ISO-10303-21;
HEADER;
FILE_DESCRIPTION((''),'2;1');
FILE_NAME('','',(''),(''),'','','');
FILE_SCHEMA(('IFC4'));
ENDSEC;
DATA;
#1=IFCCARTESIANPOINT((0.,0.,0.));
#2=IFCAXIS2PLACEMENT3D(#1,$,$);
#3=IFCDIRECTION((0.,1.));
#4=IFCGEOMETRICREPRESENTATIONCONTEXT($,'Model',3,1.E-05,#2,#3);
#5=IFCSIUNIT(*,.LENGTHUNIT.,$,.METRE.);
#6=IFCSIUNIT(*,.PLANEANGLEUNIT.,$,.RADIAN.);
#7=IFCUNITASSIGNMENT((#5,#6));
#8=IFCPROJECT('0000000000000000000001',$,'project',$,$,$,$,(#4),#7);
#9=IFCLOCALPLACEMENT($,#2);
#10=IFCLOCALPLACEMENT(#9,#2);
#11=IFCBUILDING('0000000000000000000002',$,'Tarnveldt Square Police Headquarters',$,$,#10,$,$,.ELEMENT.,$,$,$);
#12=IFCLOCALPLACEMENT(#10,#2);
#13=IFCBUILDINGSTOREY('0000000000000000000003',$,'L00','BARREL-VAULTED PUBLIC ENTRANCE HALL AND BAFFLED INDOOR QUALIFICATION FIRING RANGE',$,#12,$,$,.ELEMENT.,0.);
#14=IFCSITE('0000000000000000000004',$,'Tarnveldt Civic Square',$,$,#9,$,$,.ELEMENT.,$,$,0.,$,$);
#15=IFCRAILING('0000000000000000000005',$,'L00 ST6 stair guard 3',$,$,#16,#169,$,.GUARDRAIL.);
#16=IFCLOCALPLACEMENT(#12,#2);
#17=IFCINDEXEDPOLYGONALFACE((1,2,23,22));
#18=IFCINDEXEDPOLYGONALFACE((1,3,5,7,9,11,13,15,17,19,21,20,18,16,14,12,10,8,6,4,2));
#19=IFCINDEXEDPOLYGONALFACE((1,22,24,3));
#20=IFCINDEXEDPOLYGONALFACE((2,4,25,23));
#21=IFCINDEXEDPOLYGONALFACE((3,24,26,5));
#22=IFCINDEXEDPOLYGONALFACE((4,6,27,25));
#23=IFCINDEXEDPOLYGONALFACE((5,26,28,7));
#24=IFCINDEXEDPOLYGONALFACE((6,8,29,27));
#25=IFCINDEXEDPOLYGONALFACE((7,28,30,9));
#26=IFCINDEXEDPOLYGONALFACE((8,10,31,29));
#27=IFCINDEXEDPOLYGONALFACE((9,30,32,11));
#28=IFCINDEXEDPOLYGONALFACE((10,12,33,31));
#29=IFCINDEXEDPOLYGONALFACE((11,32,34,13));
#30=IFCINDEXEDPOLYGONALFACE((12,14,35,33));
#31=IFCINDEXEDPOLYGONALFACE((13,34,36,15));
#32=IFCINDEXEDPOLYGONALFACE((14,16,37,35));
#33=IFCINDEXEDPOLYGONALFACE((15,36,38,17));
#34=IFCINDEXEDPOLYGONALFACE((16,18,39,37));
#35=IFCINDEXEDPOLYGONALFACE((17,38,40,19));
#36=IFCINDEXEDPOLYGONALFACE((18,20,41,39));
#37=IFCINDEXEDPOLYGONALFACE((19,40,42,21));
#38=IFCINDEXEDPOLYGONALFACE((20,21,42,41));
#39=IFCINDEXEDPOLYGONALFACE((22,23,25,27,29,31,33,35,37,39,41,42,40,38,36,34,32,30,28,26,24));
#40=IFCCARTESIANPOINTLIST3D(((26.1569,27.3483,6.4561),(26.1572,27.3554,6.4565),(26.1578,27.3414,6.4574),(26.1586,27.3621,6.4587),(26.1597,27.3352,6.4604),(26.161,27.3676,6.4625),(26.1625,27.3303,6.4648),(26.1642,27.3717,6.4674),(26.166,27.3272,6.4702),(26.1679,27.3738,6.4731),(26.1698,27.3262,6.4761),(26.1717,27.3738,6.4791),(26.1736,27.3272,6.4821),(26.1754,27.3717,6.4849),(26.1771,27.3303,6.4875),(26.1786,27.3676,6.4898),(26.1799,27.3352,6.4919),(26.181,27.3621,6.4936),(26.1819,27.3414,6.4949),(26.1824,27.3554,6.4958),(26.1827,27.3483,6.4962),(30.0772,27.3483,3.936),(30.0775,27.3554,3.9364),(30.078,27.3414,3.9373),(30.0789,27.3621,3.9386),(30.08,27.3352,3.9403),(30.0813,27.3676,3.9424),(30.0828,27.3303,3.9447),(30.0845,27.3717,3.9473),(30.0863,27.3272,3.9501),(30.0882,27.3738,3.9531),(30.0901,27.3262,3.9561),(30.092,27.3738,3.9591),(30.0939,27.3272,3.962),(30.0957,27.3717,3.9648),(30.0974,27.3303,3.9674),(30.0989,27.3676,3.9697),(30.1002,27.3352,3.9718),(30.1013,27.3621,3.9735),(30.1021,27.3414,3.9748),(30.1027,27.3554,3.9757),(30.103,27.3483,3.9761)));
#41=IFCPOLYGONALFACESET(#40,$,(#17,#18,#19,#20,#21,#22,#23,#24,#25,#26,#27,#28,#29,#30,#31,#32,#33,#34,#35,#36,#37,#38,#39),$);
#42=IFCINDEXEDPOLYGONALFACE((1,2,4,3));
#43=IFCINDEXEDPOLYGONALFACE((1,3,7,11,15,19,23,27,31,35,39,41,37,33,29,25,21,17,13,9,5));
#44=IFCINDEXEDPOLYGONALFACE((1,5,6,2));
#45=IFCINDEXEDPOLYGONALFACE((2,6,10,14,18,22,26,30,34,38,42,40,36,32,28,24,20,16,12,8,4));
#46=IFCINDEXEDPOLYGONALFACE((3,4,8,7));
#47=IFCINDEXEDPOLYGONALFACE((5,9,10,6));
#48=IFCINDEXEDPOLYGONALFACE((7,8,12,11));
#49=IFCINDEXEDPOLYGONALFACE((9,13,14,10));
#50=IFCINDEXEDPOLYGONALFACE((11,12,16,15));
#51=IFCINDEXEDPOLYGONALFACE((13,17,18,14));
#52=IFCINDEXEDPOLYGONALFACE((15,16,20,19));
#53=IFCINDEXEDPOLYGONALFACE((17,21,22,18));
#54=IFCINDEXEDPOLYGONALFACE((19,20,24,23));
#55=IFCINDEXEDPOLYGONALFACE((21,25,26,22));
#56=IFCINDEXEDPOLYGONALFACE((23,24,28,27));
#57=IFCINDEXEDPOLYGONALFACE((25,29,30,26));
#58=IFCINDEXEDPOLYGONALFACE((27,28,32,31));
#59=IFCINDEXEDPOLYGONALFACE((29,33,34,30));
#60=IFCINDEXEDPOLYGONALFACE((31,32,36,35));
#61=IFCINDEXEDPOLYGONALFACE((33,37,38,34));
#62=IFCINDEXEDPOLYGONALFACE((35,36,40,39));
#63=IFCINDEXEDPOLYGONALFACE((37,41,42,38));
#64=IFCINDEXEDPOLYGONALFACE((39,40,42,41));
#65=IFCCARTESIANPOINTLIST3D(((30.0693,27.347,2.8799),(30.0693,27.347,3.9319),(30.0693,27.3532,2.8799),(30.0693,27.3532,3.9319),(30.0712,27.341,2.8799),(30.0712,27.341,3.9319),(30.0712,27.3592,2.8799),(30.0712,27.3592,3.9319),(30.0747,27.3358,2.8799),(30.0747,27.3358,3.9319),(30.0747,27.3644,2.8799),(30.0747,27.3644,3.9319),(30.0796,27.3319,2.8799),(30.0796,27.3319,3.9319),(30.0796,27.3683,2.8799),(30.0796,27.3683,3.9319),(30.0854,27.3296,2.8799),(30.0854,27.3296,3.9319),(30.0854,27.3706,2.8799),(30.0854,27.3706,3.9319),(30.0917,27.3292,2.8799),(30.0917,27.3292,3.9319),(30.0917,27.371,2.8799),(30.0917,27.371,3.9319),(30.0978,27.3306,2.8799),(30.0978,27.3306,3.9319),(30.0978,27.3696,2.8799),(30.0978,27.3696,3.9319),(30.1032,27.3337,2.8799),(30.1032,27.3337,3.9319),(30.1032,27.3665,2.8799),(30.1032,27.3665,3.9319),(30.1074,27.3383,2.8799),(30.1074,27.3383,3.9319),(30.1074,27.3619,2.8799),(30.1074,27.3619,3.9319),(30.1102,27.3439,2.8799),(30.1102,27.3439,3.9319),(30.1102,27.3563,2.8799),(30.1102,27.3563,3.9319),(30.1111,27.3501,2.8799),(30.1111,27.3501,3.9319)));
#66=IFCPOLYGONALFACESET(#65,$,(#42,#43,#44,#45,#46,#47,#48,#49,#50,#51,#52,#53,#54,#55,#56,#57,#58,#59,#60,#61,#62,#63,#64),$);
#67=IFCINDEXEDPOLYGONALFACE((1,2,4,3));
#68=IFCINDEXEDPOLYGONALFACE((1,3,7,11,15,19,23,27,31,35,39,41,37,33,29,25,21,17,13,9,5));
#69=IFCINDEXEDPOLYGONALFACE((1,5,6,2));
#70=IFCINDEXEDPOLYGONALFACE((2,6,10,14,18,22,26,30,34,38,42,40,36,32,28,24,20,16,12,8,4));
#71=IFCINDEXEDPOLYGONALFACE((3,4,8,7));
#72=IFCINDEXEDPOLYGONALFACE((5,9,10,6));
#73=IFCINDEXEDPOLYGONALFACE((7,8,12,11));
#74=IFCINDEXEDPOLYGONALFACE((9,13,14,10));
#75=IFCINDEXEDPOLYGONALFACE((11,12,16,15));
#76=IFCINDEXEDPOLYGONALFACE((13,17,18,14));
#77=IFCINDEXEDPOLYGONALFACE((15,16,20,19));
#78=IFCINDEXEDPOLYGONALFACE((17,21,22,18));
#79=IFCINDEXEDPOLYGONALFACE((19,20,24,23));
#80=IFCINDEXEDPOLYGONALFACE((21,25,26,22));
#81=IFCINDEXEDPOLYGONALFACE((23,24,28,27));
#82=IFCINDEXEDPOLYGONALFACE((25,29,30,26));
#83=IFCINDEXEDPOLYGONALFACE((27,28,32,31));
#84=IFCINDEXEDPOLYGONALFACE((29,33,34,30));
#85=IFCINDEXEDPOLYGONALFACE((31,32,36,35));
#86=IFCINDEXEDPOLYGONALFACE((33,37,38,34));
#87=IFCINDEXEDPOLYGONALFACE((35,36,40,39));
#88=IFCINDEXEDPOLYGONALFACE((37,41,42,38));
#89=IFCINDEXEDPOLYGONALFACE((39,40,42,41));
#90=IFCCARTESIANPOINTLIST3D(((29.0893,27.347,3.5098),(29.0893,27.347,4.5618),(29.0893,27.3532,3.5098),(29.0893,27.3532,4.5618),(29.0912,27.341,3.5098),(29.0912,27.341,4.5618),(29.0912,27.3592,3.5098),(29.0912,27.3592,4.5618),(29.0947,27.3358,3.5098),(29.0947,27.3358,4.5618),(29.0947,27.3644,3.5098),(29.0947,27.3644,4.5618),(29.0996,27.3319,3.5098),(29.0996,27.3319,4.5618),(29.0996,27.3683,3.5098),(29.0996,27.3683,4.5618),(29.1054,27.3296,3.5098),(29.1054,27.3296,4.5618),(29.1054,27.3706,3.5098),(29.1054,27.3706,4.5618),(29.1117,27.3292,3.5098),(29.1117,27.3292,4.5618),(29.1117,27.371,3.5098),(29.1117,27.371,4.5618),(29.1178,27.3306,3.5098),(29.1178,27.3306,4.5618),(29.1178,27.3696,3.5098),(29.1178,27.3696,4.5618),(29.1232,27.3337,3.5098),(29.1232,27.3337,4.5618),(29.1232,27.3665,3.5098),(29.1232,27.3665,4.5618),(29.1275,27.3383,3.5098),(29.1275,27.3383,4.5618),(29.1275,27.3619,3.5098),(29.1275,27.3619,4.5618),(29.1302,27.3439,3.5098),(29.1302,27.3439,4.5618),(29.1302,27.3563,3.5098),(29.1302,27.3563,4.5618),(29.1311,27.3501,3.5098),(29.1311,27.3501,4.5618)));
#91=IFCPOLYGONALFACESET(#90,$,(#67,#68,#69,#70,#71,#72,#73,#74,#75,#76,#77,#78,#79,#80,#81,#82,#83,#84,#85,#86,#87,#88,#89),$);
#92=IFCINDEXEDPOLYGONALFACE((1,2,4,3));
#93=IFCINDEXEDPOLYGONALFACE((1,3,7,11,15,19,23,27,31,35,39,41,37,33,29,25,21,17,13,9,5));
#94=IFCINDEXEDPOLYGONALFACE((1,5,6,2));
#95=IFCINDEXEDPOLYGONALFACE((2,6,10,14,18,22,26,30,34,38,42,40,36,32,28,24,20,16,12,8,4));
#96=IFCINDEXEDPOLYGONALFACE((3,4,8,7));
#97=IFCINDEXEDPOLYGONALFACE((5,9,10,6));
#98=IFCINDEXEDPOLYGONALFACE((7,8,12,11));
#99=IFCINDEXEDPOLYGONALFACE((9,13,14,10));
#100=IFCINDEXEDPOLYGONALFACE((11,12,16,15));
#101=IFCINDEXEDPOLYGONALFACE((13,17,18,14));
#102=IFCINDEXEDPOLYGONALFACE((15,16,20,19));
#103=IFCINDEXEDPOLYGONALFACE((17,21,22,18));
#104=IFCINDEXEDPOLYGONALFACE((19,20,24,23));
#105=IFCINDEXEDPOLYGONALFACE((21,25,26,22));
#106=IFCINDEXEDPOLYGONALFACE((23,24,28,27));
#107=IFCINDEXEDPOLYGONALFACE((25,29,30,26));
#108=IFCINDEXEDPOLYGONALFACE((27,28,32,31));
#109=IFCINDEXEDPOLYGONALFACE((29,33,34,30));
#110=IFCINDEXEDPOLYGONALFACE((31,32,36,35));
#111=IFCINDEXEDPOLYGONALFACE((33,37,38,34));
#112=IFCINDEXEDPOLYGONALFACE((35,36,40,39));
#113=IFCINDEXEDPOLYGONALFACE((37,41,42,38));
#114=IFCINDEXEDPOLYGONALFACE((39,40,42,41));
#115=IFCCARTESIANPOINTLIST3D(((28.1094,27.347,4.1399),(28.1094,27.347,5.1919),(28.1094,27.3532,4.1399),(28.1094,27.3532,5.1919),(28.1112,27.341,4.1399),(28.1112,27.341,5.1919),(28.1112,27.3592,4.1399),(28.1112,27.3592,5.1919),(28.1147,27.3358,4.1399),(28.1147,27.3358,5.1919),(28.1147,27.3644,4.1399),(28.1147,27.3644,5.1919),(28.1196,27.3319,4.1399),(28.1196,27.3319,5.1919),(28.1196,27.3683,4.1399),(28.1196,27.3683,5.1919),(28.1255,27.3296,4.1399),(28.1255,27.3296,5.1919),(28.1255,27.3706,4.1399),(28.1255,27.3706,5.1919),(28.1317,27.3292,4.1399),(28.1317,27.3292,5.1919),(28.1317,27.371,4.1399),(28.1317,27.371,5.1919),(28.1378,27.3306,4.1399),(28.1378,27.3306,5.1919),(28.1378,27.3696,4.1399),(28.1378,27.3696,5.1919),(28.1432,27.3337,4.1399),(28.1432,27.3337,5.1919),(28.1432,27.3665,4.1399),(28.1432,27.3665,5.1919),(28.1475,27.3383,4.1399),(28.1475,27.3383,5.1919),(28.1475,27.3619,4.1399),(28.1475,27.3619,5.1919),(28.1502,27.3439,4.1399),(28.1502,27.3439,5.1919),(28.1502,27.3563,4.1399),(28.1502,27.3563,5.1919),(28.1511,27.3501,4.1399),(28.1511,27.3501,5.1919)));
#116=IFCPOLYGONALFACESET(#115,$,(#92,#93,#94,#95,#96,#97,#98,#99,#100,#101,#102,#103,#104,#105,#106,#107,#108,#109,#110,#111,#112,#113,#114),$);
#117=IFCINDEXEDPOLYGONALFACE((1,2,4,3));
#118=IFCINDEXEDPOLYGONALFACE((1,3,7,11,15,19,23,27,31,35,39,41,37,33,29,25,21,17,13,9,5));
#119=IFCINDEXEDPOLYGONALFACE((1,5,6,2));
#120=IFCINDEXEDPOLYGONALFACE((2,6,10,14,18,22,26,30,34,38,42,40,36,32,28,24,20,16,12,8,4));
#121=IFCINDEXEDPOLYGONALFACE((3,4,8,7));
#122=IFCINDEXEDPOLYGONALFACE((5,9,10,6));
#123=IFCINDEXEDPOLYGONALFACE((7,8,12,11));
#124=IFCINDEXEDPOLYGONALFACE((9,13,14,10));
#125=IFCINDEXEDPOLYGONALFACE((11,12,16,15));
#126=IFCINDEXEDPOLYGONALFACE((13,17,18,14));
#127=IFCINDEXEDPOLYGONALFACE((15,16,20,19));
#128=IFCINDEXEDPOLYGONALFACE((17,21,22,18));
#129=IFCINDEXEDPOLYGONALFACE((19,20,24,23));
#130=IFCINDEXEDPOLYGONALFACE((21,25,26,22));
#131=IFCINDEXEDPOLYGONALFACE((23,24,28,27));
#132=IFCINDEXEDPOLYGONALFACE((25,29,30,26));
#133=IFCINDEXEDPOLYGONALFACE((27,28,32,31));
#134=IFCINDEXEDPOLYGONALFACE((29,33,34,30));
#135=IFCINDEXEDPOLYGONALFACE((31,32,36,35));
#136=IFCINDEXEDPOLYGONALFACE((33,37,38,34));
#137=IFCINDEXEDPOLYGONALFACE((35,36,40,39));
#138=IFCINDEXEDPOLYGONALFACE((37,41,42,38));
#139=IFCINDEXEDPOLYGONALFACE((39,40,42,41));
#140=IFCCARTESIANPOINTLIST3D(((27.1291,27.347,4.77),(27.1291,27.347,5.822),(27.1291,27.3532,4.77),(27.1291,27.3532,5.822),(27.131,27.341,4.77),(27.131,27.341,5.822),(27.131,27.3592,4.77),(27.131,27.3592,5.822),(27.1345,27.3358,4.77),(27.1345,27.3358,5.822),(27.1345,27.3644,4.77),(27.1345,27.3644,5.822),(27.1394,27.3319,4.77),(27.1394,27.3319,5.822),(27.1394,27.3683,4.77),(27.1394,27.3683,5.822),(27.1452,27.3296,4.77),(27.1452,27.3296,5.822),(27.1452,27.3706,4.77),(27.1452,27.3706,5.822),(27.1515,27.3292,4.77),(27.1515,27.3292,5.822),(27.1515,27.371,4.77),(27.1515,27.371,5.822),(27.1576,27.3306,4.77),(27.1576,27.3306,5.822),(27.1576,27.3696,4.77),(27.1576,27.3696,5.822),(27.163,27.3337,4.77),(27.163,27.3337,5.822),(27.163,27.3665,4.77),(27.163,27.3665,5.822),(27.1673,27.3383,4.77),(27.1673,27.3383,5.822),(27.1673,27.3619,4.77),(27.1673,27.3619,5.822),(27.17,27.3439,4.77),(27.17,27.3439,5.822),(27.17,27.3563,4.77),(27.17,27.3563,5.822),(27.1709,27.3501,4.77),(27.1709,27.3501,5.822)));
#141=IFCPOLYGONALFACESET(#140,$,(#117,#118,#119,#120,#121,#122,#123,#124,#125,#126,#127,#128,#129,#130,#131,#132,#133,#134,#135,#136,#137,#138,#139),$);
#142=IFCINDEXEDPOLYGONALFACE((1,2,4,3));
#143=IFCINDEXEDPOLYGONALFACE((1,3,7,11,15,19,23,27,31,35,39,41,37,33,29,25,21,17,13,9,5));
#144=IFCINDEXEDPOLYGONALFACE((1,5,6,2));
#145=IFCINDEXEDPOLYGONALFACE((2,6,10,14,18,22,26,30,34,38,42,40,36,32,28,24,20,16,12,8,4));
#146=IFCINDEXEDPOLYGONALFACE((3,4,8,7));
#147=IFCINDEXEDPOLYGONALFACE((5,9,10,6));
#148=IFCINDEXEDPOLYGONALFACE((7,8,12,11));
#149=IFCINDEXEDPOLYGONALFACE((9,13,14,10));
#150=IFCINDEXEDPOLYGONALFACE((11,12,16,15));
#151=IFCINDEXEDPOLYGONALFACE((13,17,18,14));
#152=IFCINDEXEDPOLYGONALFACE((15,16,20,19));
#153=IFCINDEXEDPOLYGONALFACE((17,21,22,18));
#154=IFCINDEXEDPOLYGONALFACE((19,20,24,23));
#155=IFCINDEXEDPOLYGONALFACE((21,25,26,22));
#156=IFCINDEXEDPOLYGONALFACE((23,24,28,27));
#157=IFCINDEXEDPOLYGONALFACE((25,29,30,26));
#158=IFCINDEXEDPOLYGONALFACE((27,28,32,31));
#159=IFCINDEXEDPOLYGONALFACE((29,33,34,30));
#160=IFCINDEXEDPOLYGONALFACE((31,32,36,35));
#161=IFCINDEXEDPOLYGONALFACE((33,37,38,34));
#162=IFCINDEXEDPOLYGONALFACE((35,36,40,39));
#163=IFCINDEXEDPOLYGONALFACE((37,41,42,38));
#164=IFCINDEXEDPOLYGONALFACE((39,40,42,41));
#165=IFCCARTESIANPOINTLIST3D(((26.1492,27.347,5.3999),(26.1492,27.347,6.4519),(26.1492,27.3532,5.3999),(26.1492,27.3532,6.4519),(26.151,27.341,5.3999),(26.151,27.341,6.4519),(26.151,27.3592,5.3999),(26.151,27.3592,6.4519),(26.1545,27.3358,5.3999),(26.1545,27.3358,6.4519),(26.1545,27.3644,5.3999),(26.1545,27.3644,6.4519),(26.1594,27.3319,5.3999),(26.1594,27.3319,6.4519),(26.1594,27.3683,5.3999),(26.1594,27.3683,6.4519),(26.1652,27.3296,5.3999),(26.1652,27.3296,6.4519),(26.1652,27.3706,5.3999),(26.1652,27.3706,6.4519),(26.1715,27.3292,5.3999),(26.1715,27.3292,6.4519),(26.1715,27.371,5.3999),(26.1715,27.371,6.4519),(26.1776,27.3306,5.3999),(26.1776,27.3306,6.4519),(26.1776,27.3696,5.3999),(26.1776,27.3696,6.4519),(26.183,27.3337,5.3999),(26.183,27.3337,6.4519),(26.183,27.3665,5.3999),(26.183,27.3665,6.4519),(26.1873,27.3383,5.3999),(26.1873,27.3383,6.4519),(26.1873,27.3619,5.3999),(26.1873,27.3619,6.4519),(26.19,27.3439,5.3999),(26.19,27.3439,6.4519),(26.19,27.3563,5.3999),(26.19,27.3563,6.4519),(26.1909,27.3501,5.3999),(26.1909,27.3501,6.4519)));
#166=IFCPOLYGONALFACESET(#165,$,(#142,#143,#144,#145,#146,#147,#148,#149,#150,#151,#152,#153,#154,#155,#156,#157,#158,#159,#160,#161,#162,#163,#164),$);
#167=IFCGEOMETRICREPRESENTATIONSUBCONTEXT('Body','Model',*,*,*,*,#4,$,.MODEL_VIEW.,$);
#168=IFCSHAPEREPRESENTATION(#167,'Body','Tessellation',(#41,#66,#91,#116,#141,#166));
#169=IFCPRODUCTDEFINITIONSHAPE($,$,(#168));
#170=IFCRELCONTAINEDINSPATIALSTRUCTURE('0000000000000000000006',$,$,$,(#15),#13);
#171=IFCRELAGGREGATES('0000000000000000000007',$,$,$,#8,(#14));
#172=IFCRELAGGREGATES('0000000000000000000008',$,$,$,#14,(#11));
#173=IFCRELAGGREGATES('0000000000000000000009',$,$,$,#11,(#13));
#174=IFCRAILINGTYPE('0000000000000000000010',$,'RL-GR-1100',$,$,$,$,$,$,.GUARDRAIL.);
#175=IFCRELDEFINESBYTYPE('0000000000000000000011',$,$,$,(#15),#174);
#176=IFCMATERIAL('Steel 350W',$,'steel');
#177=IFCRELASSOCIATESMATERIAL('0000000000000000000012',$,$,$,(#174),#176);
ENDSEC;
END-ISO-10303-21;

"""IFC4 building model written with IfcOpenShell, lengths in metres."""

from ifc_helpers import new_model, si_unit, direction, frame, origin, origin_2d, place, context, subcontext, project, spatial, circle, extrude, material, type_object, element, save


model = new_model("IFC4")

# Units and contexts
model_context = context("Model", 3, precision=1e-05, world=origin(), true_north=direction((0.0, 1.0)))
body_context = subcontext(model_context, "Body", "Model", "MODEL_VIEW")
ifc_project = project(units=[si_unit("LENGTHUNIT", "METRE"), si_unit("PLANEANGLEUNIT", "RADIAN")], contexts=[model_context])

# Site, building, storey
site_placement = place(None, origin())
site = spatial("IfcSite", under=ifc_project, at=site_placement, Name="Tarnveldt Civic Square", CompositionType="ELEMENT", RefElevation=0.0)
building_placement = place(site_placement, origin())
building = spatial("IfcBuilding", under=site, at=building_placement, Name="Tarnveldt Square Police Headquarters", CompositionType="ELEMENT")
storey_placement = place(building_placement, origin())
storey = spatial("IfcBuildingStorey", under=building, at=storey_placement, Name="L00", Description="BARREL-VAULTED PUBLIC ENTRANCE HALL AND BAFFLED INDOOR QUALIFICATION FIRING RANGE", CompositionType="ELEMENT", Elevation=0.0)

# Shared definitions
ifc_material_1 = material(Name="Steel 350W", Category="steel")

# Railing
railing_type_1 = type_object("IfcRailingType", Name="RL-GR-1100", PredefinedType="GUARDRAIL", material=ifc_material_1)
railing_1_placement = place(storey_placement, frame((30.0901, 27.3501, 2.8799)))
element("IfcRailing", 1, at=railing_1_placement, inside=storey, type_object=railing_type_1, Name="L00 ST6 stair guard 3", PredefinedType="GUARDRAIL", context=body_context, shape_type="SweptSolid", body=[
    extrude(circle(Radius=0.0239, at=origin_2d()), frame((0.0, 0.0, 1.0762), z_axis=(-0.841187, 0.0, 0.540744), x_axis=(0.0, -1.0, 0.0)), (0.0, 0.0, 1.0), 4.6604),
    extrude(circle(Radius=0.021, at=origin_2d()), origin(), (0.0, 0.0, 1.0), 1.052),
    extrude(circle(Radius=0.021, at=origin_2d()), frame((-0.98, 0.0, 0.6299)), (0.0, 0.0, 1.0), 1.052),
    extrude(circle(Radius=0.021, at=origin_2d()), frame((-1.96, 0.0, 1.26)), (0.0, 0.0, 1.0), 1.052),
    extrude(circle(Radius=0.021, at=origin_2d()), frame((-2.9402, 0.0, 1.8901)), (0.0, 0.0, 1.0), 1.052),
    extrude(circle(Radius=0.021, at=origin_2d()), frame((-3.9202, 0.0, 2.52)), (0.0, 0.0, 1.0), 1.052),
])

save(model, "model.ifc")
